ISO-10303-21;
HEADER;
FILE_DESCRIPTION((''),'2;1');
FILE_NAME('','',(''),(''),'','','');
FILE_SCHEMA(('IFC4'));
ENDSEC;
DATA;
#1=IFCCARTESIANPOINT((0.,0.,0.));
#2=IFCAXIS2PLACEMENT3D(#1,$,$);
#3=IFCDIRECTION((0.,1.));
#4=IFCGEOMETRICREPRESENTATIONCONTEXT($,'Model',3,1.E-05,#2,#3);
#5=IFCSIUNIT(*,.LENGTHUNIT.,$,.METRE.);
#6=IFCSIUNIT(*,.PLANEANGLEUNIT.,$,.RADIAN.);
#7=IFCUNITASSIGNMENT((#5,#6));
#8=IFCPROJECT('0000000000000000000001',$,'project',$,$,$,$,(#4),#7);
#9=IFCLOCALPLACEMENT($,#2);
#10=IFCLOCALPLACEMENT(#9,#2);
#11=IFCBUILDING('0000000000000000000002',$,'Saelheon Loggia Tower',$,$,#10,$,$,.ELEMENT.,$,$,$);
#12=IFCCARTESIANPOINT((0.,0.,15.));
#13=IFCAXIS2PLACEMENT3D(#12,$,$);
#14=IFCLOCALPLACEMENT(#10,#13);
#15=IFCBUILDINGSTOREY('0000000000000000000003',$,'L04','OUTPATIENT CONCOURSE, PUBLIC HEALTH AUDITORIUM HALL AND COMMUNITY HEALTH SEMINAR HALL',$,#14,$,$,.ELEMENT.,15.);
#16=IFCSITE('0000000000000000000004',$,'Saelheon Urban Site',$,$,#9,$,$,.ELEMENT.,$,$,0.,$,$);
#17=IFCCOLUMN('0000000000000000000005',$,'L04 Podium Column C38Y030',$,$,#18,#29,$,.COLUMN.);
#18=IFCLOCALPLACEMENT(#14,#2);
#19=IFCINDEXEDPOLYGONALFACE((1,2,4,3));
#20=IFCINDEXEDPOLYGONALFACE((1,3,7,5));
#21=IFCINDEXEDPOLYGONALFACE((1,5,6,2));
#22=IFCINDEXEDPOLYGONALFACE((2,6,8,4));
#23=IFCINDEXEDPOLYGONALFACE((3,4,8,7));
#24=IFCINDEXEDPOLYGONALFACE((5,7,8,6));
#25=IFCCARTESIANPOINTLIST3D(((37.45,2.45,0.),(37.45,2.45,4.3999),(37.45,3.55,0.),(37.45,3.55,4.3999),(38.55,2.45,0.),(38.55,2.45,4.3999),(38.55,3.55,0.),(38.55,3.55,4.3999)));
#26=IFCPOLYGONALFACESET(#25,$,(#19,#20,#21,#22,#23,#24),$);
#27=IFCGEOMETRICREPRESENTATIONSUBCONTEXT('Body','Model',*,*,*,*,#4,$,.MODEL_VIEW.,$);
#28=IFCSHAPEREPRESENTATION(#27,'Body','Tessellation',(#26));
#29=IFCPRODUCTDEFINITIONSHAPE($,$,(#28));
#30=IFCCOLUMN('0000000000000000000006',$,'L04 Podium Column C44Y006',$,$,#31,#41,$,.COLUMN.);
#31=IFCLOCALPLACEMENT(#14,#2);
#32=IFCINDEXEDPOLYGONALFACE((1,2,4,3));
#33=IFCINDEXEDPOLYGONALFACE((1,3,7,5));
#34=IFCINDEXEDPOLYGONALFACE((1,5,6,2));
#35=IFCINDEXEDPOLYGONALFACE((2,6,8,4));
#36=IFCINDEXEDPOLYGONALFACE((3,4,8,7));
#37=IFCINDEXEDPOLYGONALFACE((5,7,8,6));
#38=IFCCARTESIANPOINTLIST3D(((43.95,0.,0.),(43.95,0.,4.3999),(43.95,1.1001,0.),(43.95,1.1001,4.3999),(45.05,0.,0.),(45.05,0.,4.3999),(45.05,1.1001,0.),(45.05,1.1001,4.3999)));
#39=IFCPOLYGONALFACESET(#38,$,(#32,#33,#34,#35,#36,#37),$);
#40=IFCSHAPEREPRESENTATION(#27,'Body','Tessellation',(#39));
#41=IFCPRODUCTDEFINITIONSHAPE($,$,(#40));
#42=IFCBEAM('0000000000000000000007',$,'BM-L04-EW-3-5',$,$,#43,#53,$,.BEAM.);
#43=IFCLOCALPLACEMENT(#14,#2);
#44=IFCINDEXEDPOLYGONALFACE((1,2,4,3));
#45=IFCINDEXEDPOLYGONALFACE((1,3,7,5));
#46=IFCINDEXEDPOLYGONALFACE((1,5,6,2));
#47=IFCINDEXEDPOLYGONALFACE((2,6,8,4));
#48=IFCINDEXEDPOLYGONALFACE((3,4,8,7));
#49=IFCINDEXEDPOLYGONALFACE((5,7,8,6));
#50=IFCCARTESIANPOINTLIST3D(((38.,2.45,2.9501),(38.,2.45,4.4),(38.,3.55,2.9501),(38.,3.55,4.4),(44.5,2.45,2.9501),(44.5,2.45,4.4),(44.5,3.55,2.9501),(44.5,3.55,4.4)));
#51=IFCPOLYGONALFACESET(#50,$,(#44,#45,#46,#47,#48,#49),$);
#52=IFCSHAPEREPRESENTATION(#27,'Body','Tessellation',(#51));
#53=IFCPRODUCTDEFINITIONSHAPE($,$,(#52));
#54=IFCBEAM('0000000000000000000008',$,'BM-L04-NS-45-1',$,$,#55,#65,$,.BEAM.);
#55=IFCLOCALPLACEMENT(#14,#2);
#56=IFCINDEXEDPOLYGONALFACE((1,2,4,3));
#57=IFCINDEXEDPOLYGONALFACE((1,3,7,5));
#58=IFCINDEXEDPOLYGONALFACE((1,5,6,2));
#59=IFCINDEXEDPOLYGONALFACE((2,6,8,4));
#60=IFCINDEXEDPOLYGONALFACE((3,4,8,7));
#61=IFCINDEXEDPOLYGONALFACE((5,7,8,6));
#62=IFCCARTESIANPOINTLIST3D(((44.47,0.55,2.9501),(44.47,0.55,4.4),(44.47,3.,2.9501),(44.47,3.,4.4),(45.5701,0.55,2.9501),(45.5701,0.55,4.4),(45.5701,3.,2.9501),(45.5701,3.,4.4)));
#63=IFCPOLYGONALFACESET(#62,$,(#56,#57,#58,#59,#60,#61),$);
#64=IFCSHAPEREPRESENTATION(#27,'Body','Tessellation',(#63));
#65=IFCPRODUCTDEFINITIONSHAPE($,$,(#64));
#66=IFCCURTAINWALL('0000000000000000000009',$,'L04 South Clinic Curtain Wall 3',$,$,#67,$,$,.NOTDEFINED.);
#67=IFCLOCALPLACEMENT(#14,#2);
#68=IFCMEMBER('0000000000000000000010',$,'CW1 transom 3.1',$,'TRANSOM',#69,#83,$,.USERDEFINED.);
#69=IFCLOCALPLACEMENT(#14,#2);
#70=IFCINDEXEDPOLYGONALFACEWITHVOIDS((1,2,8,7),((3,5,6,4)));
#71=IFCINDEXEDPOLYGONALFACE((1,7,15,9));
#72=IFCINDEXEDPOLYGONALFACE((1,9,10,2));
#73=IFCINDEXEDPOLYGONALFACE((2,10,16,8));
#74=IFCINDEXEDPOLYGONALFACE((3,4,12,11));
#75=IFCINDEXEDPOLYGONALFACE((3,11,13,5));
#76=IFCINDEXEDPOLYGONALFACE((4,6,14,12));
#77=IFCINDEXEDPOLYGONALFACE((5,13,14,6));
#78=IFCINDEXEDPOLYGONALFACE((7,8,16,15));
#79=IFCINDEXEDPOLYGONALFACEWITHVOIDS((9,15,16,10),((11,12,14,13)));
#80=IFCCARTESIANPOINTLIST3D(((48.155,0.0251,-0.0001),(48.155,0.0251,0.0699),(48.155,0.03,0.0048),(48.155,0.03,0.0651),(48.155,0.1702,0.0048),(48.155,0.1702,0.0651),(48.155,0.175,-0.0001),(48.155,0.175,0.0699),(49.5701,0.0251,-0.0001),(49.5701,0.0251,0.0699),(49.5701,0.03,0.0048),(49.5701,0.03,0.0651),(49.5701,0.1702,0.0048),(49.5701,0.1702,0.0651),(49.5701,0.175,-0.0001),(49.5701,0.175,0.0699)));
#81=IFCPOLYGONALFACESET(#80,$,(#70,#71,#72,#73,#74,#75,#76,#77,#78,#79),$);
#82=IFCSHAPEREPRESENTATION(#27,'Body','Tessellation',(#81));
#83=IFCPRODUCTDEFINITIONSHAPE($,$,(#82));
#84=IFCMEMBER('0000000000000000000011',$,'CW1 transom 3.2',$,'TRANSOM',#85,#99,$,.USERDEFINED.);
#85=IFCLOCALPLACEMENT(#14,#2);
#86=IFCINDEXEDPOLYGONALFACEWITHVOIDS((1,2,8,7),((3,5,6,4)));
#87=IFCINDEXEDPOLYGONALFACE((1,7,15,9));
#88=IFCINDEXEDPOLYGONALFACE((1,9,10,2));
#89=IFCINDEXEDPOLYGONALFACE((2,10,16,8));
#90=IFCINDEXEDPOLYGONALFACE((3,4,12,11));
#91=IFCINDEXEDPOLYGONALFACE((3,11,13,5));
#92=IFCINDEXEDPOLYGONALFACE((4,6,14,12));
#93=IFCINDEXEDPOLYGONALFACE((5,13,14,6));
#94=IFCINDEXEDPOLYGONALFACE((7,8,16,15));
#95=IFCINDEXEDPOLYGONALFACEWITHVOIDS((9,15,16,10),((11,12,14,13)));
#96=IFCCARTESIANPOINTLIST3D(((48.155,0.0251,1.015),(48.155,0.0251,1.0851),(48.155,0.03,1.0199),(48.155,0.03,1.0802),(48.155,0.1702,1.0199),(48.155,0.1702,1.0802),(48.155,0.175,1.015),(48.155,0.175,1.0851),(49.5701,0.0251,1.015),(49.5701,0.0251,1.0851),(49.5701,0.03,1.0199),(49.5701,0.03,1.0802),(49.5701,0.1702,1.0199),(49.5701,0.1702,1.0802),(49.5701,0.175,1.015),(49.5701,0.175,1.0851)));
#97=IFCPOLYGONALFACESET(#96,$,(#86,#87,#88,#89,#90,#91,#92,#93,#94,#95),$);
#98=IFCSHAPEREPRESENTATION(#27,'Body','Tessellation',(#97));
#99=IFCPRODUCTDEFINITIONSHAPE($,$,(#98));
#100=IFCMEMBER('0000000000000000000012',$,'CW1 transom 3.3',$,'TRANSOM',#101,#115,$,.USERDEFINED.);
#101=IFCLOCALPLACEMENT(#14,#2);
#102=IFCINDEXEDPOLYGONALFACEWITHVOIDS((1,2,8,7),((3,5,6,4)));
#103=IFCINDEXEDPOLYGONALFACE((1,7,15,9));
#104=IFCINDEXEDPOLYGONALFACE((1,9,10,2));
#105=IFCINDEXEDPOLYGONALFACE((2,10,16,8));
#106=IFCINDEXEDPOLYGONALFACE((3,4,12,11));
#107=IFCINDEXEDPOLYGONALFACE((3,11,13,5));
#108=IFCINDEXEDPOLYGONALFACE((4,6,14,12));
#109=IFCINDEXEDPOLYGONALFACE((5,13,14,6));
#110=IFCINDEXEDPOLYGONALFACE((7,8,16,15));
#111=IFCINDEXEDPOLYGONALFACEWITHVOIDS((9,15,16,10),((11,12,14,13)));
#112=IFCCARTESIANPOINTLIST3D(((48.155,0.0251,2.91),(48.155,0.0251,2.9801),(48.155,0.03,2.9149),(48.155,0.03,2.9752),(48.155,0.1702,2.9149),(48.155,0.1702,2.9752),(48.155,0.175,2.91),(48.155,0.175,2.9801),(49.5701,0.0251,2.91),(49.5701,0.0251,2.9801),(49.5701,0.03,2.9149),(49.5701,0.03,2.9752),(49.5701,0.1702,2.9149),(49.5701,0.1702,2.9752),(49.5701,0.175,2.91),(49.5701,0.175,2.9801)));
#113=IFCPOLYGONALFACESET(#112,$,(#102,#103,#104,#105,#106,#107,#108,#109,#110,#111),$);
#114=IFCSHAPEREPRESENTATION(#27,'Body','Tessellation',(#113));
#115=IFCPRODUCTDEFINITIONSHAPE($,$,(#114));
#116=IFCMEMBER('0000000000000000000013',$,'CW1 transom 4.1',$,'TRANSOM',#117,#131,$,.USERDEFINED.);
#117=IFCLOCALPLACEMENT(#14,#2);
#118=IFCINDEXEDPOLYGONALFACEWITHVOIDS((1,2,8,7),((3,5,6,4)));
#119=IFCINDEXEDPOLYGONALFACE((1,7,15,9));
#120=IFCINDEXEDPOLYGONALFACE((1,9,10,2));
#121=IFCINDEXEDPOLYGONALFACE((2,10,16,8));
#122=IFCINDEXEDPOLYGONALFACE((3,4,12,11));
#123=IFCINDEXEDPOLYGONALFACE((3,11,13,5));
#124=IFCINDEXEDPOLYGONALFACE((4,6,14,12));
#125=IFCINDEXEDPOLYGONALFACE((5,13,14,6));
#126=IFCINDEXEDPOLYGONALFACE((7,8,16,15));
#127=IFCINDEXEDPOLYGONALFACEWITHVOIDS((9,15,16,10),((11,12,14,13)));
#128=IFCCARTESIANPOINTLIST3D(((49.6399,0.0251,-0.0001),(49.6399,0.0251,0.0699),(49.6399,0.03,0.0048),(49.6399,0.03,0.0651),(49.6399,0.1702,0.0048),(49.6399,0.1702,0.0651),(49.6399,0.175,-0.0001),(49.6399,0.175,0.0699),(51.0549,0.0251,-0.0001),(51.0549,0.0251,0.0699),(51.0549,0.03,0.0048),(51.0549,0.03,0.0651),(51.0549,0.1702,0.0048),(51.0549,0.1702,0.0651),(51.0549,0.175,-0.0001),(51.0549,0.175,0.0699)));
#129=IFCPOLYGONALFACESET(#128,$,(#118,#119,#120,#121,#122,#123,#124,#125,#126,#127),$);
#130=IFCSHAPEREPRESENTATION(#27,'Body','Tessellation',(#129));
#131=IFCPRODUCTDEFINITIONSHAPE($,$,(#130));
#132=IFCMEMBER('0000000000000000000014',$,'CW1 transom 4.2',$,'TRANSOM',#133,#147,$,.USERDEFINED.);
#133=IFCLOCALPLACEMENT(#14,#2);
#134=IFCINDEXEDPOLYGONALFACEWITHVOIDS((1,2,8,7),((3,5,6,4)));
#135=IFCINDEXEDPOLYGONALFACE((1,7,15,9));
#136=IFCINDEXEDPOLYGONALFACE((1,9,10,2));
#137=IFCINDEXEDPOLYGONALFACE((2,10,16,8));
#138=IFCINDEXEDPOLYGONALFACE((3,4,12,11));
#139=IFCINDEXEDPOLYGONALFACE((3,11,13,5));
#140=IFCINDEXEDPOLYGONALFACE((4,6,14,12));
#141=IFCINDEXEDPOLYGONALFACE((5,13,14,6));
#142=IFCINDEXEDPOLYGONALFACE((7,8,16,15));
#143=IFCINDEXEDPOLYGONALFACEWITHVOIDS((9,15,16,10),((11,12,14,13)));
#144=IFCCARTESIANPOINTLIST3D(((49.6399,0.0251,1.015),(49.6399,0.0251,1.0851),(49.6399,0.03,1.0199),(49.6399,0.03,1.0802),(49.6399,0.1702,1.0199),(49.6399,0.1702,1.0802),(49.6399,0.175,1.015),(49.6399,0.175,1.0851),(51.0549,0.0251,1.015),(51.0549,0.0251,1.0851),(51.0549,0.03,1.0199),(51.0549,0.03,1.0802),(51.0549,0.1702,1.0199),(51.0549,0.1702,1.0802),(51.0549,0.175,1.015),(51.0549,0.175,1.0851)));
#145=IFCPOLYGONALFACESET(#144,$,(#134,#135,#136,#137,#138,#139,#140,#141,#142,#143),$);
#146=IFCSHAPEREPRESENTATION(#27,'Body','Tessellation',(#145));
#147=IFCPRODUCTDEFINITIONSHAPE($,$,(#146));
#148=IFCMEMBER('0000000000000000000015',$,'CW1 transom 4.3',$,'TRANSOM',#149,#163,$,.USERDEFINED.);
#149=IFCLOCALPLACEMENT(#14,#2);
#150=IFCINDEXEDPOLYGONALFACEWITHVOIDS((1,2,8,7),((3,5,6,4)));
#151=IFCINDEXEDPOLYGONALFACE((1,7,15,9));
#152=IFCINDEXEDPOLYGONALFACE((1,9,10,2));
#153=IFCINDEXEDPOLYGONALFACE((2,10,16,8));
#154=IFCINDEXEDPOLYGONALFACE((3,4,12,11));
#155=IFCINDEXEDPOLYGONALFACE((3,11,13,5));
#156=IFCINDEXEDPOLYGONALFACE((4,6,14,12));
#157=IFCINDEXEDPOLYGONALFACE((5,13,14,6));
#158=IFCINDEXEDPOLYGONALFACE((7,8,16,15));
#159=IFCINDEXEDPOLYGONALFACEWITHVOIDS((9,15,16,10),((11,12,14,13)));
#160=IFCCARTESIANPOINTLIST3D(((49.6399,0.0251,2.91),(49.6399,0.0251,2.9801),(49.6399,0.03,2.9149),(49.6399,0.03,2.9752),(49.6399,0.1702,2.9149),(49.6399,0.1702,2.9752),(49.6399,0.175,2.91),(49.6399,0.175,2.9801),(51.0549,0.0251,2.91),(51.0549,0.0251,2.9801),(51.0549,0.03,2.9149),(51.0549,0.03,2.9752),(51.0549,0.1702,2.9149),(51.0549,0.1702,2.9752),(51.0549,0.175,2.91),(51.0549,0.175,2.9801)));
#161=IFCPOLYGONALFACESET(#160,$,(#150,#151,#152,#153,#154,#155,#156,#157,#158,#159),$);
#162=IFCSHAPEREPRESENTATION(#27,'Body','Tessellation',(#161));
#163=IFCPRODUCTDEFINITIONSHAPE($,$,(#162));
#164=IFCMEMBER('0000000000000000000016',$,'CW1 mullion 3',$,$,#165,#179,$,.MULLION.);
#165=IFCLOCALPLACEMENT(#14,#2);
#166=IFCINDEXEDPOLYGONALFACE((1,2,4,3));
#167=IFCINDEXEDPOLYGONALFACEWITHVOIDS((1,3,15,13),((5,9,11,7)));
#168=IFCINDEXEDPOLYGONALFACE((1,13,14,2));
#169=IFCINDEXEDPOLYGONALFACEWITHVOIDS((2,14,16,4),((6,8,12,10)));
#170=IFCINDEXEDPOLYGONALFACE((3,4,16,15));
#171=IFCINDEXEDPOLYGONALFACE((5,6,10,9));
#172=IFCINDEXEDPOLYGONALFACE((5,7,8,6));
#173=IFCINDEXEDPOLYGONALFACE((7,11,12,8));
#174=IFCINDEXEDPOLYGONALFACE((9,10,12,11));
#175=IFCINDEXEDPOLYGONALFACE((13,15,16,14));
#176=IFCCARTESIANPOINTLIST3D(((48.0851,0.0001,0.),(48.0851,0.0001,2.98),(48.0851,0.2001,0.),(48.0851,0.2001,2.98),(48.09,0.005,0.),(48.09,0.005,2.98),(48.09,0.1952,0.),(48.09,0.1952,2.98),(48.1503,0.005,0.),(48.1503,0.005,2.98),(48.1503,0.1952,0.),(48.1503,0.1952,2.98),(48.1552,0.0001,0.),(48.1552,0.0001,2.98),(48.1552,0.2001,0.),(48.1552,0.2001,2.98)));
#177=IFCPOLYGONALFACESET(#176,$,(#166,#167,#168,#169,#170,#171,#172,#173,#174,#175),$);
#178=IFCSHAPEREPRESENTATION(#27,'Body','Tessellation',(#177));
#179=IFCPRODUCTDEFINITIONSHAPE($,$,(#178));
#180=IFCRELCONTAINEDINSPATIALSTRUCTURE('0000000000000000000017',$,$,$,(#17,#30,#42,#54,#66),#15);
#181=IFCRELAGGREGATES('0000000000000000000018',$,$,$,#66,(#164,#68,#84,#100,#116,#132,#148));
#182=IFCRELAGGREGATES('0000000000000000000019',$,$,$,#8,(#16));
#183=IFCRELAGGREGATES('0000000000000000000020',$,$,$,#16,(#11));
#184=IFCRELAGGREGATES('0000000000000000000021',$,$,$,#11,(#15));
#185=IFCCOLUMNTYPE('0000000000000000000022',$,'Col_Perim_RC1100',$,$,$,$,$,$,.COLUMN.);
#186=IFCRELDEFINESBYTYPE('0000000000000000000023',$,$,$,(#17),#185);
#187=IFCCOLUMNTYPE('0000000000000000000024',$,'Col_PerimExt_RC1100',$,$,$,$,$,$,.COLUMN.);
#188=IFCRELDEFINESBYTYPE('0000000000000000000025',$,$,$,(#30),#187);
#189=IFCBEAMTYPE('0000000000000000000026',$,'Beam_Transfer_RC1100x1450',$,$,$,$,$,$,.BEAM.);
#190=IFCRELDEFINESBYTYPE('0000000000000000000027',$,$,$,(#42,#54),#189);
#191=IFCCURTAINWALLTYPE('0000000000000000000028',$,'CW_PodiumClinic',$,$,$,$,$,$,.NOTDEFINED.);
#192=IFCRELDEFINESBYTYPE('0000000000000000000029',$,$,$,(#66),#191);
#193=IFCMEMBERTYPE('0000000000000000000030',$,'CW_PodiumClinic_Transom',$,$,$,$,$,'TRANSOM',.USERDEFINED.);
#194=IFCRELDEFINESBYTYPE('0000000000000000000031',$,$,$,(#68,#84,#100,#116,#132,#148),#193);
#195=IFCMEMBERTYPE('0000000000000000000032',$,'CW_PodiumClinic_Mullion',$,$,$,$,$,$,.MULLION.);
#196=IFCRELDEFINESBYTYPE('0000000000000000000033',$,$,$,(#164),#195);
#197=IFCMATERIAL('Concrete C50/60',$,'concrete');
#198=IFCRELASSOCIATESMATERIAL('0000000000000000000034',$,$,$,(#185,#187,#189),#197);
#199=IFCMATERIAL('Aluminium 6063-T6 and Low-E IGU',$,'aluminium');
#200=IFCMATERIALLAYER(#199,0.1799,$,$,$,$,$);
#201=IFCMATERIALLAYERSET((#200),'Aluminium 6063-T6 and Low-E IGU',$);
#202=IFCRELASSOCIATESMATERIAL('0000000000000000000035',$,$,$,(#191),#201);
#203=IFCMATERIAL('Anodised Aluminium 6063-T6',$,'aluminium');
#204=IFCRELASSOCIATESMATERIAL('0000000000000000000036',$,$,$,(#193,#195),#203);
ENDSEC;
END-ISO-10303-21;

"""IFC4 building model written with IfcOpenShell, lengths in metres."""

from ifc_helpers import new_model, si_unit, direction, frame, origin, origin_2d, place, context, subcontext, project, spatial, rectangle, hollow_rectangle, extrude, source, transform, mapped, material, layer, layer_set, material_profile, profile_set, type_object, element, aggregate, save


model = new_model("IFC4")

# Units and contexts
model_context = context("Model", 3, precision=1e-05, world=origin(), true_north=direction((0.0, 1.0)))
body_context = subcontext(model_context, "Body", "Model", "MODEL_VIEW")
ifc_project = project(units=[si_unit("LENGTHUNIT", "METRE"), si_unit("PLANEANGLEUNIT", "RADIAN")], contexts=[model_context])

# Site, building, storey
site_placement = place(None, origin())
site = spatial("IfcSite", under=ifc_project, at=site_placement, Name="Saelheon Urban Site", CompositionType="ELEMENT", RefElevation=0.0)
building_placement = place(site_placement, origin())
building = spatial("IfcBuilding", under=site, at=building_placement, Name="Saelheon Loggia Tower", CompositionType="ELEMENT")
storey_placement = place(building_placement, frame((0.0, 0.0, 15.0)))
storey = spatial("IfcBuildingStorey", under=building, at=storey_placement, Name="L04", Description="OUTPATIENT CONCOURSE, PUBLIC HEALTH AUDITORIUM HALL AND COMMUNITY HEALTH SEMINAR HALL", CompositionType="ELEMENT", Elevation=15.0)

# Columns
ifc_material_1 = material(Name="Concrete C50/60", Category="concrete")
ifc_material_profile_1 = material_profile(ifc_material_1, rectangle(XDim=1.1001, YDim=1.1001, at=origin_2d()), Name="RC-1100x1100")
ifc_profile_set_1 = profile_set([ifc_material_profile_1], Name="Concrete C50/60")
column_type_1 = type_object("IfcColumnType", Name="Col_Perim_RC1100", PredefinedType="COLUMN", material=ifc_profile_set_1)
shared_shape_1 = source(origin(), body_context, "Body", "SweptSolid", [
    extrude(rectangle(XDim=1.1001, YDim=1.1001, at=origin_2d()), origin(), (0.0, 0.0, 1.0), 4.3999),
])
column_1_placement = place(storey_placement, frame((38.0, 3.0, 0.0), z_axis=(0.0, 0.0, 1.0), x_axis=(1.0, 0.0, 0.0)))
element("IfcColumn", 1, at=column_1_placement, inside=storey, type_object=column_type_1, Name="L04 Podium Column C38Y030", PredefinedType="COLUMN", context=body_context, shape_type="MappedRepresentation", body=[
    mapped(shared_shape_1, transform((0.0, 0.0, 0.0), scale=1.0)),
])
ifc_material_profile_2 = material_profile(ifc_material_1, rectangle(XDim=1.1001, YDim=1.1001, at=origin_2d()), Name="RC-1100x1100")
ifc_profile_set_2 = profile_set([ifc_material_profile_2], Name="Concrete C50/60")
column_type_2 = type_object("IfcColumnType", Name="Col_PerimExt_RC1100", PredefinedType="COLUMN", material=ifc_profile_set_2)
column_2_placement = place(storey_placement, frame((44.5, 0.55, 0.0), z_axis=(0.0, 0.0, 1.0), x_axis=(1.0, 0.0, 0.0)))
element("IfcColumn", 2, at=column_2_placement, inside=storey, type_object=column_type_2, Name="L04 Podium Column C44Y006", PredefinedType="COLUMN", context=body_context, shape_type="MappedRepresentation", body=[
    mapped(shared_shape_1, transform((0.0, 0.0, 0.0), scale=1.0)),
])

# Beams
ifc_material_profile_3 = material_profile(ifc_material_1, rectangle(XDim=1.1001, YDim=1.45, at=origin_2d()), Name="RC-1100x1450")
ifc_profile_set_3 = profile_set([ifc_material_profile_3], Name="Concrete C50/60")
beam_type = type_object("IfcBeamType", Name="Beam_Transfer_RC1100x1450", PredefinedType="BEAM", material=ifc_profile_set_3)
shared_shape_2 = source(origin(), body_context, "Body", "SweptSolid", [
    extrude(rectangle(XDim=1.1001, YDim=1.45, at=origin_2d()), origin(), (0.0, 0.0, 1.0), 6.5),
])
beam_1_placement = place(storey_placement, frame((38.0, 3.0, 3.675), z_axis=(1.0, 0.0, 0.0), x_axis=(0.0, 1.0, 0.0)))
element("IfcBeam", 3, at=beam_1_placement, inside=storey, type_object=beam_type, Name="BM-L04-EW-3-5", PredefinedType="BEAM", context=body_context, shape_type="MappedRepresentation", body=[
    mapped(shared_shape_2, transform((0.0, 0.0, 0.0), scale=1.0)),
])
shared_shape_3 = source(origin(), body_context, "Body", "SweptSolid", [
    extrude(rectangle(XDim=1.1001, YDim=1.45, at=origin_2d()), origin(), (0.0, 0.0, 1.0), 2.45),
])
beam_2_placement = place(storey_placement, frame((45.02, 0.55, 3.675), z_axis=(0.0, 1.0, 0.0), x_axis=(-1.0, 0.0, 0.0)))
element("IfcBeam", 4, at=beam_2_placement, inside=storey, type_object=beam_type, Name="BM-L04-NS-45-1", PredefinedType="BEAM", context=body_context, shape_type="MappedRepresentation", body=[
    mapped(shared_shape_3, transform((0.0, 0.0, 0.0), scale=1.0)),
])

# Curtain wall, members
ifc_material_2 = material(Name="Aluminium 6063-T6 and Low-E IGU", Category="aluminium")
ifc_layer_1 = layer(ifc_material_2, 0.1799)
ifc_layer_set_1 = layer_set([ifc_layer_1], Name="Aluminium 6063-T6 and Low-E IGU")
curtain_wall_type = type_object("IfcCurtainWallType", Name="CW_PodiumClinic", PredefinedType="NOTDEFINED", material=ifc_layer_set_1)
curtain_wall_placement = place(storey_placement, origin())
curtain_wall = element("IfcCurtainWall", 5, at=curtain_wall_placement, inside=storey, type_object=curtain_wall_type, Name="L04 South Clinic Curtain Wall 3", PredefinedType="NOTDEFINED")
ifc_material_3 = material(Name="Anodised Aluminium 6063-T6", Category="aluminium")
ifc_material_profile_4 = material_profile(ifc_material_3, hollow_rectangle(XDim=0.0701, YDim=0.1499, WallThickness=0.0049, at=origin_2d()), Name="RHS-150x70x5")
ifc_profile_set_4 = profile_set([ifc_material_profile_4], Name="Anodised Aluminium 6063-T6")
member_type_1 = type_object("IfcMemberType", Name="CW_PodiumClinic_Transom", ElementType="TRANSOM", PredefinedType="USERDEFINED", material=ifc_profile_set_4)
shared_shape_4 = source(origin(), body_context, "Body", "SweptSolid", [
    extrude(hollow_rectangle(XDim=0.0701, YDim=0.1499, WallThickness=0.0049, at=origin_2d()), origin(), (0.0, 0.0, 1.0), 1.415),
])
member_1_placement = place(storey_placement, frame((48.155, 0.1001, 0.0349), z_axis=(1.0, 0.0, 0.0), x_axis=(0.0, 0.0, 1.0)))
member_1 = element("IfcMember", 6, at=member_1_placement, type_object=member_type_1, Name="CW1 transom 3.1", ObjectType="TRANSOM", PredefinedType="USERDEFINED", context=body_context, shape_type="MappedRepresentation", body=[
    mapped(shared_shape_4, transform((0.0, 0.0, 0.0), scale=1.0)),
])
member_2_placement = place(storey_placement, frame((48.155, 0.1001, 1.05), z_axis=(1.0, 0.0, 0.0), x_axis=(0.0, 0.0, 1.0)))
member_2 = element("IfcMember", 7, at=member_2_placement, type_object=member_type_1, Name="CW1 transom 3.2", ObjectType="TRANSOM", PredefinedType="USERDEFINED", context=body_context, shape_type="MappedRepresentation", body=[
    mapped(shared_shape_4, transform((0.0, 0.0, 0.0), scale=1.0)),
])
member_3_placement = place(storey_placement, frame((48.155, 0.1001, 2.9451), z_axis=(1.0, 0.0, 0.0), x_axis=(0.0, 0.0, 1.0)))
member_3 = element("IfcMember", 8, at=member_3_placement, type_object=member_type_1, Name="CW1 transom 3.3", ObjectType="TRANSOM", PredefinedType="USERDEFINED", context=body_context, shape_type="MappedRepresentation", body=[
    mapped(shared_shape_4, transform((0.0, 0.0, 0.0), scale=1.0)),
])
member_4_placement = place(storey_placement, frame((49.6399, 0.1001, 0.0349), z_axis=(1.0, 0.0, 0.0), x_axis=(0.0, 0.0, 1.0)))
member_4 = element("IfcMember", 9, at=member_4_placement, type_object=member_type_1, Name="CW1 transom 4.1", ObjectType="TRANSOM", PredefinedType="USERDEFINED", context=body_context, shape_type="MappedRepresentation", body=[
    mapped(shared_shape_4, transform((0.0, 0.0, 0.0), scale=1.0)),
])
member_5_placement = place(storey_placement, frame((49.6399, 0.1001, 1.05), z_axis=(1.0, 0.0, 0.0), x_axis=(0.0, 0.0, 1.0)))
member_5 = element("IfcMember", 10, at=member_5_placement, type_object=member_type_1, Name="CW1 transom 4.2", ObjectType="TRANSOM", PredefinedType="USERDEFINED", context=body_context, shape_type="MappedRepresentation", body=[
    mapped(shared_shape_4, transform((0.0, 0.0, 0.0), scale=1.0)),
])
member_6_placement = place(storey_placement, frame((49.6399, 0.1001, 2.9451), z_axis=(1.0, 0.0, 0.0), x_axis=(0.0, 0.0, 1.0)))
member_6 = element("IfcMember", 11, at=member_6_placement, type_object=member_type_1, Name="CW1 transom 4.3", ObjectType="TRANSOM", PredefinedType="USERDEFINED", context=body_context, shape_type="MappedRepresentation", body=[
    mapped(shared_shape_4, transform((0.0, 0.0, 0.0), scale=1.0)),
])
ifc_material_profile_5 = material_profile(ifc_material_3, hollow_rectangle(XDim=0.0701, YDim=0.2, WallThickness=0.0049, at=origin_2d()), Name="RHS-200x70x5")
ifc_profile_set_5 = profile_set([ifc_material_profile_5], Name="Anodised Aluminium 6063-T6")
member_type_2 = type_object("IfcMemberType", Name="CW_PodiumClinic_Mullion", PredefinedType="MULLION", material=ifc_profile_set_5)
shared_shape_5 = source(origin(), body_context, "Body", "SweptSolid", [
    extrude(hollow_rectangle(XDim=0.0701, YDim=0.2, WallThickness=0.0049, at=origin_2d()), origin(), (0.0, 0.0, 1.0), 2.98),
])
member_7_placement = place(storey_placement, frame((48.1201, 0.1001, 0.0), z_axis=(0.0, 0.0, 1.0), x_axis=(1.0, 0.0, 0.0)))
member_7 = element("IfcMember", 12, at=member_7_placement, type_object=member_type_2, Name="CW1 mullion 3", PredefinedType="MULLION", context=body_context, shape_type="MappedRepresentation", body=[
    mapped(shared_shape_5, transform((0.0, 0.0, 0.0), scale=1.0)),
])
aggregate(curtain_wall, [member_7, member_1, member_2, member_3, member_4, member_5, member_6])

save(model, "model.ifc")
